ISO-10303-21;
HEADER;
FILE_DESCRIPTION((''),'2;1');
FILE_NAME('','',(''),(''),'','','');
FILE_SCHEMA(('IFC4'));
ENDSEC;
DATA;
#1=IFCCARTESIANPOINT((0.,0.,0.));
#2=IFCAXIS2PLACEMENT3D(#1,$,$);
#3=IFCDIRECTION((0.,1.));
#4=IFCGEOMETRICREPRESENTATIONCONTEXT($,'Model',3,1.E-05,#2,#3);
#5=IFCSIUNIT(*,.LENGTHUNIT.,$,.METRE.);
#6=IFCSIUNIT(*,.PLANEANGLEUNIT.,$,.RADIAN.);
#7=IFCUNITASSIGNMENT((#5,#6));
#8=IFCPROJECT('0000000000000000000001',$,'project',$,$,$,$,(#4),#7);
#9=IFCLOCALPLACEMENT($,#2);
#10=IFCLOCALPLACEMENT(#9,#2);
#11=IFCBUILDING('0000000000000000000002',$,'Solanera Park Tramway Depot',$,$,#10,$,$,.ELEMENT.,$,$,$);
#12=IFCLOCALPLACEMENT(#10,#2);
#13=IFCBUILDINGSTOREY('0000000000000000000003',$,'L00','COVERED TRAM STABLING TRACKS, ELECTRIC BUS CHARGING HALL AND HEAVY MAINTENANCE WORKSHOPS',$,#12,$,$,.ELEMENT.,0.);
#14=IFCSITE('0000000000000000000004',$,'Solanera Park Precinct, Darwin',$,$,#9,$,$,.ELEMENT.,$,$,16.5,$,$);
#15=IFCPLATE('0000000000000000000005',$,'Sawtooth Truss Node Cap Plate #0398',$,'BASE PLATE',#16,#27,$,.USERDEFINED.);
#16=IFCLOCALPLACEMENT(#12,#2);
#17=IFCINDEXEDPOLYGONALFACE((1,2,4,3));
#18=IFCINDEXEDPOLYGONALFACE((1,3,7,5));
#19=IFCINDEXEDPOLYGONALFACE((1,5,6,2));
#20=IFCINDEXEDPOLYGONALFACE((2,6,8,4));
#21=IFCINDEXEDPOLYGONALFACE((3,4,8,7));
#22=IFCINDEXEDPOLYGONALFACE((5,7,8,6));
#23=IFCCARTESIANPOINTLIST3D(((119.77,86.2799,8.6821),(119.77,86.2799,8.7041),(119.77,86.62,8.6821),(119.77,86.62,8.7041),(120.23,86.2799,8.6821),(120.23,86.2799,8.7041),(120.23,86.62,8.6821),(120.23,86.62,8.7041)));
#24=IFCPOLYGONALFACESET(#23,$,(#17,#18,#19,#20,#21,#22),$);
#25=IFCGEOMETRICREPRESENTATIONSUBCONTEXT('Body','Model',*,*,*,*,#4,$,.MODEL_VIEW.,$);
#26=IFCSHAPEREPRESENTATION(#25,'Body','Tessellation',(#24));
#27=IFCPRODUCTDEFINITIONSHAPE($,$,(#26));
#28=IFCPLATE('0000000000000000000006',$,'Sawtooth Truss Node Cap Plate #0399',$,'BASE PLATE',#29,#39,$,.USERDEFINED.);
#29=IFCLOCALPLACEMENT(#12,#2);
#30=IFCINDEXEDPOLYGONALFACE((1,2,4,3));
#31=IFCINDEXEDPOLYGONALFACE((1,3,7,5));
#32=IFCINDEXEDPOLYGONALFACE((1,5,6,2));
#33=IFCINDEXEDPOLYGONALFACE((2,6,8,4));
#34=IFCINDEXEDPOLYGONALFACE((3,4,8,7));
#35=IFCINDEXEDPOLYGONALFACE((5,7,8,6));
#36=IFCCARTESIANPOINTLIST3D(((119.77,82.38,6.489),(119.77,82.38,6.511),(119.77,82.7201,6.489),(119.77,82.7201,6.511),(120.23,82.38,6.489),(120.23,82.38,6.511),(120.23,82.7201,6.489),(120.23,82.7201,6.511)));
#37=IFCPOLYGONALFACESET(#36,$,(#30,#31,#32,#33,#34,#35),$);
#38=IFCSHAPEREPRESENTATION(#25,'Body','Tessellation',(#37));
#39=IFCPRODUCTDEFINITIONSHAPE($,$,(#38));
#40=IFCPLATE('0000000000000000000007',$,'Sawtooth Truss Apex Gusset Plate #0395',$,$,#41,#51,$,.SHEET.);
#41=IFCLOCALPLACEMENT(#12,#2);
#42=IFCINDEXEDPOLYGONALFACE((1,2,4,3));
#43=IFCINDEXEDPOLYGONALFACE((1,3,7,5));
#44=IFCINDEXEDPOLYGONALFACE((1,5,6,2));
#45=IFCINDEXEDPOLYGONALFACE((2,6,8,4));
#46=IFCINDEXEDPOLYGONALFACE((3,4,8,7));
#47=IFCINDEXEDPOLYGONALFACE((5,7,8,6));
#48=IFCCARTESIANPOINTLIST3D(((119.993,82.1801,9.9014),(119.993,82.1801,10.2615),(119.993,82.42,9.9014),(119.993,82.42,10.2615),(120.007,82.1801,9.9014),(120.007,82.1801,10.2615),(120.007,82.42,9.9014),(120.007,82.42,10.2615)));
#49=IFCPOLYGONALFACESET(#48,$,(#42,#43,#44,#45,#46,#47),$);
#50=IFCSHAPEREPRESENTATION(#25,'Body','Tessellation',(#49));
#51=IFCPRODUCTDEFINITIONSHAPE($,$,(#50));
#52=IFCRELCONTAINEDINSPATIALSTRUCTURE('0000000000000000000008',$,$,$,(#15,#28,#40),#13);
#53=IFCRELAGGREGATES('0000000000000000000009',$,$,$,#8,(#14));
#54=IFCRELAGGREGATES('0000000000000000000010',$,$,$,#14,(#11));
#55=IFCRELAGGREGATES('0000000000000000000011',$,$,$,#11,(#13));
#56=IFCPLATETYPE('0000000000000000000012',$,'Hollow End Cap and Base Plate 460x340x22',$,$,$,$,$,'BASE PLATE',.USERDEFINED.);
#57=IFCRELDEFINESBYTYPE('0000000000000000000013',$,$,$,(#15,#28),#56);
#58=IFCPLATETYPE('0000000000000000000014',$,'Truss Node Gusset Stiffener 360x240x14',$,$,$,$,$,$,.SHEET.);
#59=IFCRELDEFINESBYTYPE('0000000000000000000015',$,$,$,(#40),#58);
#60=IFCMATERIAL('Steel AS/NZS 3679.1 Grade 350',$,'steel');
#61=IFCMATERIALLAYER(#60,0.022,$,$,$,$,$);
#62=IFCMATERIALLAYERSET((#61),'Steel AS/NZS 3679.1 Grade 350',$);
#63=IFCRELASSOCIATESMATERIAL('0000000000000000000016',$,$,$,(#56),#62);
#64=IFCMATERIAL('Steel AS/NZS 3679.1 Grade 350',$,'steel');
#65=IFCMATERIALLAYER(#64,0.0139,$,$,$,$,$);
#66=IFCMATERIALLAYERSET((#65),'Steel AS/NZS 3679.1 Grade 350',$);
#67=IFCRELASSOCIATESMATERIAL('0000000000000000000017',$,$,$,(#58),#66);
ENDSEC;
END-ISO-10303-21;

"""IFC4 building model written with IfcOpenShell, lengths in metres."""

from ifc_helpers import new_model, si_unit, direction, frame, origin, origin_2d, place, context, subcontext, project, spatial, rectangle, extrude, material, layer, layer_set, type_object, element, save


model = new_model("IFC4")

# Units and contexts
model_context = context("Model", 3, precision=1e-05, world=origin(), true_north=direction((0.0, 1.0)))
body_context = subcontext(model_context, "Body", "Model", "MODEL_VIEW")
ifc_project = project(units=[si_unit("LENGTHUNIT", "METRE"), si_unit("PLANEANGLEUNIT", "RADIAN")], contexts=[model_context])

# Site, building, storey
site_placement = place(None, origin())
site = spatial("IfcSite", under=ifc_project, at=site_placement, Name="Solanera Park Precinct, Darwin", CompositionType="ELEMENT", RefElevation=16.5)
building_placement = place(site_placement, origin())
building = spatial("IfcBuilding", under=site, at=building_placement, Name="Solanera Park Tramway Depot", CompositionType="ELEMENT")
storey_placement = place(building_placement, origin())
storey = spatial("IfcBuildingStorey", under=building, at=storey_placement, Name="L00", Description="COVERED TRAM STABLING TRACKS, ELECTRIC BUS CHARGING HALL AND HEAVY MAINTENANCE WORKSHOPS", CompositionType="ELEMENT", Elevation=0.0)

# Plates
ifc_material_1 = material(Name="Steel AS/NZS 3679.1 Grade 350", Category="steel")
ifc_layer_1 = layer(ifc_material_1, 0.022)
ifc_layer_set_1 = layer_set([ifc_layer_1], Name="Steel AS/NZS 3679.1 Grade 350")
plate_type_1 = type_object("IfcPlateType", Name="Hollow End Cap and Base Plate 460x340x22", ElementType="BASE PLATE", PredefinedType="USERDEFINED", material=ifc_layer_set_1)
for number, where, z_axis, x_axis, name in (
    (1, (120.0, 86.45, 8.6821), (0.0, 0.0, 1.0), (1.0, 0.0, 0.0), "Sawtooth Truss Node Cap Plate #0398"),
    (2, (120.0, 82.55, 6.489), (0.0, 0.0, 1.0), (1.0, 0.0, 0.0), "Sawtooth Truss Node Cap Plate #0399"),
):
    element("IfcPlate", number, at=place(storey_placement, frame(where, z_axis=z_axis, x_axis=x_axis)), inside=storey, type_object=plate_type_1, Name=name, ObjectType="BASE PLATE", PredefinedType="USERDEFINED", context=body_context, shape_type="SweptSolid", body=[
        extrude(rectangle(XDim=0.46, YDim=0.3401, at=origin_2d()), origin(), (0.0, 0.0, 1.0), 0.022),
    ])
ifc_material_2 = material(Name="Steel AS/NZS 3679.1 Grade 350", Category="steel")
ifc_layer_2 = layer(ifc_material_2, 0.0139)
ifc_layer_set_2 = layer_set([ifc_layer_2], Name="Steel AS/NZS 3679.1 Grade 350")
plate_type_2 = type_object("IfcPlateType", Name="Truss Node Gusset Stiffener 360x240x14", PredefinedType="SHEET", material=ifc_layer_set_2)
plate_1_placement = place(storey_placement, frame((120.0, 82.3, 9.9014), z_axis=(0.0, 0.0, 1.0), x_axis=(1.0, 0.0, 0.0)))
element("IfcPlate", 3, at=plate_1_placement, inside=storey, type_object=plate_type_2, Name="Sawtooth Truss Apex Gusset Plate #0395", PredefinedType="SHEET", context=body_context, shape_type="SweptSolid", body=[
    extrude(rectangle(XDim=0.0139, YDim=0.24, at=origin_2d()), origin(), (0.0, 0.0, 1.0), 0.3601),
])

save(model, "model.ifc")
